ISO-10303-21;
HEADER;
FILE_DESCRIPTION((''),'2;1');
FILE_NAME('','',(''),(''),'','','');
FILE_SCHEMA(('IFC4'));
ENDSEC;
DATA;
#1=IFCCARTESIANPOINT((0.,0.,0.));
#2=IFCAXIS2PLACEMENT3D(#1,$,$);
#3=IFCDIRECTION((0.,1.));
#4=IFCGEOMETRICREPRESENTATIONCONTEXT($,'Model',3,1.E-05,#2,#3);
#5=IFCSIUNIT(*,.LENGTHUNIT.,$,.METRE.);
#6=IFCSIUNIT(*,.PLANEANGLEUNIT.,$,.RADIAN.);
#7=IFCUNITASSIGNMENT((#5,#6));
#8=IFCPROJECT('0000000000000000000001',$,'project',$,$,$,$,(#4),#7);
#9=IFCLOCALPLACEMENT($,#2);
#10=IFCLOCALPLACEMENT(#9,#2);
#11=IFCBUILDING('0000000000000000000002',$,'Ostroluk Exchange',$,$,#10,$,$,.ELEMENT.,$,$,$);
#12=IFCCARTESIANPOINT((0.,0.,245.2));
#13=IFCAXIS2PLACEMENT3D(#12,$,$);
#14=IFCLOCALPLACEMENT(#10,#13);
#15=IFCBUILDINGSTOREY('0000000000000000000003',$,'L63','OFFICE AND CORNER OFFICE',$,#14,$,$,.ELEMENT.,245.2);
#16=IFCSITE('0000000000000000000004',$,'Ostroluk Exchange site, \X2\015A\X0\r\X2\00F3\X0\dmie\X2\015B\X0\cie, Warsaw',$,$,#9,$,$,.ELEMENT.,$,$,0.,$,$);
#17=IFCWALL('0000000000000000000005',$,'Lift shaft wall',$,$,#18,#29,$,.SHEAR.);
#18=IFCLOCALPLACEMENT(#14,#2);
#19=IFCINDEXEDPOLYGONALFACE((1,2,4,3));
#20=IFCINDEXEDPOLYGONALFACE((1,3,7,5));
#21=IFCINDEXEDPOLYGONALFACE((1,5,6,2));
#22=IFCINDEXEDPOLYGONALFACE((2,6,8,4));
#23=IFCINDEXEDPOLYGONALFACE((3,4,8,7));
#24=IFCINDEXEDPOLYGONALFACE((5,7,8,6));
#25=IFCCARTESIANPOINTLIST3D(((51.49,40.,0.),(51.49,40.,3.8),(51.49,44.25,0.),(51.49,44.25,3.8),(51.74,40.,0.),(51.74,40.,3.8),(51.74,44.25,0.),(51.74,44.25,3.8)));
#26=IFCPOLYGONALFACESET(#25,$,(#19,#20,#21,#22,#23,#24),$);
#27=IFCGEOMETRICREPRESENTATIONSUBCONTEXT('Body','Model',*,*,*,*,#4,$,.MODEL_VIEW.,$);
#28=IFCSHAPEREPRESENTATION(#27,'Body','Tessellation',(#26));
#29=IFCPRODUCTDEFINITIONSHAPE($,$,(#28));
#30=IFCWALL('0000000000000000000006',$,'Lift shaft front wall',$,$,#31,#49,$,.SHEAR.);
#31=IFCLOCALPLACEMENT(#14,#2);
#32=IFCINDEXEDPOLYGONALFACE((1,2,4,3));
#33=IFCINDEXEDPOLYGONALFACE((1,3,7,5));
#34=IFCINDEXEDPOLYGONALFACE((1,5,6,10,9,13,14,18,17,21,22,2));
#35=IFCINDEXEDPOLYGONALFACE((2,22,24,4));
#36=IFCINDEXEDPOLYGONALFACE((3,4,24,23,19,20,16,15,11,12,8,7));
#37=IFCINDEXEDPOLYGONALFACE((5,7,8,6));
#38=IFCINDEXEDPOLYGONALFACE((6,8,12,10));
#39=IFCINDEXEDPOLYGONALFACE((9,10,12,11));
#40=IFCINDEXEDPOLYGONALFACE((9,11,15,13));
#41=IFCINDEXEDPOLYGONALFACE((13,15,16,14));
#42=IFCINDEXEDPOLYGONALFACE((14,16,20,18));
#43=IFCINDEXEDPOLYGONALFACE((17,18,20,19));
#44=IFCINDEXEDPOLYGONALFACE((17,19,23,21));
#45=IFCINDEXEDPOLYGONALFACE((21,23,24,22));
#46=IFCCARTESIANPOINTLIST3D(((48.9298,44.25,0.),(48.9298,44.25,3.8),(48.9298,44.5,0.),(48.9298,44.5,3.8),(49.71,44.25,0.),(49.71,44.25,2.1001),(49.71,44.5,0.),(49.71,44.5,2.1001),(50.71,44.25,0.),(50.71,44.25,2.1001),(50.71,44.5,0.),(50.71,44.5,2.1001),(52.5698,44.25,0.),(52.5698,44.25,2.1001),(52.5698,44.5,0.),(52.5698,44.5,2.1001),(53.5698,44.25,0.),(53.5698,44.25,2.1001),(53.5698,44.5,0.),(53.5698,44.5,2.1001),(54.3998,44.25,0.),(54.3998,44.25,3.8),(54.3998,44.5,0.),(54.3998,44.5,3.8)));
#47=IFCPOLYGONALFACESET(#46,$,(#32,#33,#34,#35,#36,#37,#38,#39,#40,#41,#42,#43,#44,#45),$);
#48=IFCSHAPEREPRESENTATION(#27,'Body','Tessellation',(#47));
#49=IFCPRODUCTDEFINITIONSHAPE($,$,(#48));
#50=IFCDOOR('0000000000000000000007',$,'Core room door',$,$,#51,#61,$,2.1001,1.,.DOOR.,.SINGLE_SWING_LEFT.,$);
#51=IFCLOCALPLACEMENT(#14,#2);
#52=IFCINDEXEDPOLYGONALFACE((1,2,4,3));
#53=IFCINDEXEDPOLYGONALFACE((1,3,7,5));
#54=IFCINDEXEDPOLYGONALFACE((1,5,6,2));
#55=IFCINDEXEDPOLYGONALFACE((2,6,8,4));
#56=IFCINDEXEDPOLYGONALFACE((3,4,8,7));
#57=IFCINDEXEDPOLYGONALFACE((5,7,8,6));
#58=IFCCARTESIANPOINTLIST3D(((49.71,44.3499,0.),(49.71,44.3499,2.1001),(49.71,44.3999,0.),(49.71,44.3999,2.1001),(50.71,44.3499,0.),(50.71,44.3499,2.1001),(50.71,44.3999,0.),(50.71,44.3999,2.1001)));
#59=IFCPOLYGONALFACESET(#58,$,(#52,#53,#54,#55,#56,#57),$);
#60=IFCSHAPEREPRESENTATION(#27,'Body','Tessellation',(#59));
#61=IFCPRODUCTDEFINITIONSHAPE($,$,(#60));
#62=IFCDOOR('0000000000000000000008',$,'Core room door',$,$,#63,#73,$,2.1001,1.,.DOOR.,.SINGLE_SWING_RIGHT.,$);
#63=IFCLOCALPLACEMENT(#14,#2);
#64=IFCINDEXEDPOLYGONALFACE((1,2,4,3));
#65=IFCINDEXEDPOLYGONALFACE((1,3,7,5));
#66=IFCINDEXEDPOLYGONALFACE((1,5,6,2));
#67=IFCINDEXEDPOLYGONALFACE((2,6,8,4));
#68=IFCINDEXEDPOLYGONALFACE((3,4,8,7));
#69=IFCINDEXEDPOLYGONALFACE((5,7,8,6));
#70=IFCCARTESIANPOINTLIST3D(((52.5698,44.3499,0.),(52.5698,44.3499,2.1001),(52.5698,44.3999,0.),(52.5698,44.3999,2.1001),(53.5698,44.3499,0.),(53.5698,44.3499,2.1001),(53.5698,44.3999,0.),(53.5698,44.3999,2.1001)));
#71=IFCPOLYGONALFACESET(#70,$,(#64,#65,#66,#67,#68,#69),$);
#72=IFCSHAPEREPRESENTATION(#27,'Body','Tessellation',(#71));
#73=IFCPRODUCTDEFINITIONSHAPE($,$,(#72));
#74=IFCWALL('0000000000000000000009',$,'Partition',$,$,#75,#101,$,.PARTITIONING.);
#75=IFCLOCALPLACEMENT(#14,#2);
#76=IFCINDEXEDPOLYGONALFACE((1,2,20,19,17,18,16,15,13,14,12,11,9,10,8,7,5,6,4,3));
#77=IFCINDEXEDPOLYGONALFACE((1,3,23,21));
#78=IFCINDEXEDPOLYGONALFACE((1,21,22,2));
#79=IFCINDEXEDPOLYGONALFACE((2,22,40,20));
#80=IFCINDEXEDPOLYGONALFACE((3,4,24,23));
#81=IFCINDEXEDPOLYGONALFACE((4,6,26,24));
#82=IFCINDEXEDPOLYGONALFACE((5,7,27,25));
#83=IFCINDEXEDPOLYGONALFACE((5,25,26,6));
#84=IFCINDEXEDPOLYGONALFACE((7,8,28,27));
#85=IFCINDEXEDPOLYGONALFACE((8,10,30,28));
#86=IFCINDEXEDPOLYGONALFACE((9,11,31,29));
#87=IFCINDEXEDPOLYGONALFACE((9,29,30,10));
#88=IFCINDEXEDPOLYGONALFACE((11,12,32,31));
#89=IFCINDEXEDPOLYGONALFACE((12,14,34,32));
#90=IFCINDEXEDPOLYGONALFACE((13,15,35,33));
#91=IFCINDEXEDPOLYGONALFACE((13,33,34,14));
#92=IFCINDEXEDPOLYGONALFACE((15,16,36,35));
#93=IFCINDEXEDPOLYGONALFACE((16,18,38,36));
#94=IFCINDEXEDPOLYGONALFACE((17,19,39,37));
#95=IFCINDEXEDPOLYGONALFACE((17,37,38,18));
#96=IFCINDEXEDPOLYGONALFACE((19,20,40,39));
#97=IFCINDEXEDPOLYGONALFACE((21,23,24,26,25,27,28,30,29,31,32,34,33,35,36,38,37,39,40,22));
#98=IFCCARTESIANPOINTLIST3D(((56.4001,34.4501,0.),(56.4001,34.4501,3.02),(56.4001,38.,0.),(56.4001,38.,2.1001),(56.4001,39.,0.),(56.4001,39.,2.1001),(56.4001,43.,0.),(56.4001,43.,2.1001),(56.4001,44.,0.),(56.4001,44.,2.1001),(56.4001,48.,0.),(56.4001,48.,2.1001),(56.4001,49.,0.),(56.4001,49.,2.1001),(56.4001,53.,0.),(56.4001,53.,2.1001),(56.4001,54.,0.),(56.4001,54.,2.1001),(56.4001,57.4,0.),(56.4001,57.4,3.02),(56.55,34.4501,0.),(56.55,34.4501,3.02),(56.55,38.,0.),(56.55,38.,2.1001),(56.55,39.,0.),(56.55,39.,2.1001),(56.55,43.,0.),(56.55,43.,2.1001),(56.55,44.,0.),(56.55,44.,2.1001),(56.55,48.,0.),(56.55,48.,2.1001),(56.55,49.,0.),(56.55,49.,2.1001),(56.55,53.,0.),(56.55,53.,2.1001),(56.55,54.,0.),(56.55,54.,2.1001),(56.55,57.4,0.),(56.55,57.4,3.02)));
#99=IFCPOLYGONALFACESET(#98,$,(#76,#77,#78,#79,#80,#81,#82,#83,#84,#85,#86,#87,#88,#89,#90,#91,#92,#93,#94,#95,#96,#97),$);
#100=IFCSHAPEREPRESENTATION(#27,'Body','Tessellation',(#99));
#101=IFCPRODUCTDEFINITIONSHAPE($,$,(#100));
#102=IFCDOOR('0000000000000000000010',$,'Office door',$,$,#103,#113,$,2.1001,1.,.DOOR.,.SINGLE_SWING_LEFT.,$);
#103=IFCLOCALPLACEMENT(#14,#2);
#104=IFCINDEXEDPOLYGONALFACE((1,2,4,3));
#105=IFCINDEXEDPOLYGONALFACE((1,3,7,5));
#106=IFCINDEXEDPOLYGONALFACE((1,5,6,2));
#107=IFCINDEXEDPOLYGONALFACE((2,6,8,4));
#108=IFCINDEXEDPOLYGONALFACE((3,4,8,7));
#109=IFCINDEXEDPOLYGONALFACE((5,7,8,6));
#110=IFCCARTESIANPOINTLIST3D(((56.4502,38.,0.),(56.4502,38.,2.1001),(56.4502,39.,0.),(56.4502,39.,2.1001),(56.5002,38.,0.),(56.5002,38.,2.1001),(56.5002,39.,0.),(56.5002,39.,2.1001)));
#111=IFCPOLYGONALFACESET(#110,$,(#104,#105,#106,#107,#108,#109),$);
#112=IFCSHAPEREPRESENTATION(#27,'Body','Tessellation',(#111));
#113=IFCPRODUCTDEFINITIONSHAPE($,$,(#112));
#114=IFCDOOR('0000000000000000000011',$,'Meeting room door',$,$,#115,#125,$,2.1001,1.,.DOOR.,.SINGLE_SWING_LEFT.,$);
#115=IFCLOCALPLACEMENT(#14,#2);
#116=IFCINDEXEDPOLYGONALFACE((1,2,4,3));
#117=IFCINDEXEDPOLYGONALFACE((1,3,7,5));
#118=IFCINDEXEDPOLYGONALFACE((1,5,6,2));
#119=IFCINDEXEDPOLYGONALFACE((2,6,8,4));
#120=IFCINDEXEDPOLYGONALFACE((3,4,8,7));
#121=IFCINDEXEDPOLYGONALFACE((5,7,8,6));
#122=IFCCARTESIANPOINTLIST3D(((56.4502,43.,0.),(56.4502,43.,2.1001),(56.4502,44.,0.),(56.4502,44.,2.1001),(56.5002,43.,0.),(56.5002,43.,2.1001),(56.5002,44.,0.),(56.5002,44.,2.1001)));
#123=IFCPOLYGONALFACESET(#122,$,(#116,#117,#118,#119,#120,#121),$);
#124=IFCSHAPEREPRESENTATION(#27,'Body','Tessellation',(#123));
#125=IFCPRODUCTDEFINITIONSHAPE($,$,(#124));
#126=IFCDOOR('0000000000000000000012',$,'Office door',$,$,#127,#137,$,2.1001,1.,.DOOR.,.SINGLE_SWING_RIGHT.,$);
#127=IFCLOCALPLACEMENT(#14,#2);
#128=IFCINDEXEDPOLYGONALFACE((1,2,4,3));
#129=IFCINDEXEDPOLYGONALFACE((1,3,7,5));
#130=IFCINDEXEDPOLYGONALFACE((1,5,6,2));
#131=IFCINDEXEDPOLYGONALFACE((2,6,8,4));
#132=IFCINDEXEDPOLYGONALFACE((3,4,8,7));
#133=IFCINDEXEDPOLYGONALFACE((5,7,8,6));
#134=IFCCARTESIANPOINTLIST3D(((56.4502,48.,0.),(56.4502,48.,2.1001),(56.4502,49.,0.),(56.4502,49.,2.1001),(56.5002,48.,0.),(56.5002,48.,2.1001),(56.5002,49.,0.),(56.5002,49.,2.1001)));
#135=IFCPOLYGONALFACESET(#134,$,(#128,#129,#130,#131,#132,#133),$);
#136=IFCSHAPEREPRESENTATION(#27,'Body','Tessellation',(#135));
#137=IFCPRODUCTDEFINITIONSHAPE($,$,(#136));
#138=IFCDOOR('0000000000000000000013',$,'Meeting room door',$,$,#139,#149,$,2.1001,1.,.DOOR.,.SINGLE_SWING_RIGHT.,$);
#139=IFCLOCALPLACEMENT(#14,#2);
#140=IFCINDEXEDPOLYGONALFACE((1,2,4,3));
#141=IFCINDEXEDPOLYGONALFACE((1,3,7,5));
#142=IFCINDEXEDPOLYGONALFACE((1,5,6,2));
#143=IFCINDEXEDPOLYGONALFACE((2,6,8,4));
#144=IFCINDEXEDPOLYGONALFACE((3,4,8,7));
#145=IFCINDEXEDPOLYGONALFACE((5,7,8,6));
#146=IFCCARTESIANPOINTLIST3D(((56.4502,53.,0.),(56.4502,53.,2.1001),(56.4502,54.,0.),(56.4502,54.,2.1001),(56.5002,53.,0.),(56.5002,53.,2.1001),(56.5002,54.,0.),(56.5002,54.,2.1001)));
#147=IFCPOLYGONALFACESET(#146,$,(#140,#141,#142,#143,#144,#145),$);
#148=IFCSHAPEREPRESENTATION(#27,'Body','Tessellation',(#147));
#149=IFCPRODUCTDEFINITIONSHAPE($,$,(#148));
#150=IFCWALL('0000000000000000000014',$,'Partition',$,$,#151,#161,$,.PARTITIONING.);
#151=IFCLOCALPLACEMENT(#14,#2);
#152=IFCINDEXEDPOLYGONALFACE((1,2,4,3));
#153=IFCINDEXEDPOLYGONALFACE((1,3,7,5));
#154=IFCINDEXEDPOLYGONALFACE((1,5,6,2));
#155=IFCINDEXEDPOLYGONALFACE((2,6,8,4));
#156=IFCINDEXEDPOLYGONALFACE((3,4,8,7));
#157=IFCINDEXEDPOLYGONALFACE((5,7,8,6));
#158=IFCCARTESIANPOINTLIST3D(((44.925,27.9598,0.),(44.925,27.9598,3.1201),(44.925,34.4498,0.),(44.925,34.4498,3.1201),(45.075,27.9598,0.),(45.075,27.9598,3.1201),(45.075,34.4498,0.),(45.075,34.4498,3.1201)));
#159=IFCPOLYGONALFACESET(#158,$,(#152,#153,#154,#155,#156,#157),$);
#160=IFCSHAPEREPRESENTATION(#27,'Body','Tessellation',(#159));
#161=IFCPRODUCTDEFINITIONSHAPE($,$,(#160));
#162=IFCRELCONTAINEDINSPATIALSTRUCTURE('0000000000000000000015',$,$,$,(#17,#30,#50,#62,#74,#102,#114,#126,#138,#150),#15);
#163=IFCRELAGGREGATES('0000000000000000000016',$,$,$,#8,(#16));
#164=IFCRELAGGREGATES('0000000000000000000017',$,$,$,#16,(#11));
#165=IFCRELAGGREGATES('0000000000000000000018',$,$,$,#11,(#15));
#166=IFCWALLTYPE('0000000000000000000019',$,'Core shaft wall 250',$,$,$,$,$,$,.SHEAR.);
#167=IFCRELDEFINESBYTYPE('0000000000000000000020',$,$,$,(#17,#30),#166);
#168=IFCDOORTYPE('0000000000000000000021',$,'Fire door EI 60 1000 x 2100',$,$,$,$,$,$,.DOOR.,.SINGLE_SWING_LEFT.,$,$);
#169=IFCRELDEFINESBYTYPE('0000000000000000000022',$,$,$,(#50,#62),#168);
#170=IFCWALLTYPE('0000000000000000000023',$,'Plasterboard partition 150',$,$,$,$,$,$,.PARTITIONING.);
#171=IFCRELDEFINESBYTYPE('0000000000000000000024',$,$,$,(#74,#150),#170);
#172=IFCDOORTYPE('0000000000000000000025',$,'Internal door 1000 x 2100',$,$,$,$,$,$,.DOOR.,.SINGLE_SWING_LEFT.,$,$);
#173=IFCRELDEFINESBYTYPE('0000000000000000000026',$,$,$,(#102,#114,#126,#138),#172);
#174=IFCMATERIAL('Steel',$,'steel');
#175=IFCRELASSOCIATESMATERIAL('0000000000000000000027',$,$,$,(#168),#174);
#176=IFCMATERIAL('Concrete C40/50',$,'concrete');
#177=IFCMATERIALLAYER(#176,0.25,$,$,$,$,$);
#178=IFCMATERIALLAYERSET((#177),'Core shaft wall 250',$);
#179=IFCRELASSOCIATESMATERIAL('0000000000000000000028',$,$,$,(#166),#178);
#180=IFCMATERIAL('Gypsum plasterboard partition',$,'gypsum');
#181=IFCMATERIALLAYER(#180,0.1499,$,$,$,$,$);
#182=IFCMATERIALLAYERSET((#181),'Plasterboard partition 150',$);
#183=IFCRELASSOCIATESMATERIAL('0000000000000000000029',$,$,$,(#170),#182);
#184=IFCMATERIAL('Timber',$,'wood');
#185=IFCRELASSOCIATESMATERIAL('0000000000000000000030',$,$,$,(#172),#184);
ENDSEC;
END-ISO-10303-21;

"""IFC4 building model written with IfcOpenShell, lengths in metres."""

from ifc_helpers import new_model, si_unit, direction, frame, frame_2d, origin, place, context, subcontext, project, spatial, rectangle, extrude, material, layer, layer_set, type_object, element, fill, save


model = new_model("IFC4")

# Units and contexts
model_context = context("Model", 3, precision=1e-05, world=origin(), true_north=direction((0.0, 1.0)))
body_context = subcontext(model_context, "Body", "Model", "MODEL_VIEW")
ifc_project = project(units=[si_unit("LENGTHUNIT", "METRE"), si_unit("PLANEANGLEUNIT", "RADIAN")], contexts=[model_context])

# Site, building, storey
site_placement = place(None, origin())
site = spatial("IfcSite", under=ifc_project, at=site_placement, Name="Ostroluk Exchange site, Śródmieście, Warsaw", CompositionType="ELEMENT", RefElevation=0.0)
building_placement = place(site_placement, origin())
building = spatial("IfcBuilding", under=site, at=building_placement, Name="Ostroluk Exchange", CompositionType="ELEMENT")
storey_placement = place(building_placement, frame((0.0, 0.0, 245.2)))
storey = spatial("IfcBuildingStorey", under=building, at=storey_placement, Name="L63", Description="OFFICE AND CORNER OFFICE", CompositionType="ELEMENT", Elevation=245.2)

# Shared definitions
ifc_material_1 = material(Name="Steel", Category="steel")
door_type_1 = type_object("IfcDoorType", Name="Fire door EI 60 1000 x 2100", OperationType="SINGLE_SWING_LEFT", PredefinedType="DOOR", material=ifc_material_1)

# Shared definitions
ifc_material_2 = material(Name="Concrete C40/50", Category="concrete")
ifc_layer_1 = layer(ifc_material_2, 0.25)
ifc_layer_set_1 = layer_set([ifc_layer_1], Name="Core shaft wall 250")
wall_type_1 = type_object("IfcWallType", Name="Core shaft wall 250", PredefinedType="SHEAR", material=ifc_layer_set_1)

# Wall
wall_1_placement = place(storey_placement, frame((51.615, 44.25, 0.0), z_axis=(0.0, 0.0, 1.0), x_axis=(0.0, -1.0, 0.0)))
element("IfcWall", 1, at=wall_1_placement, inside=storey, type_object=wall_type_1, Name="Lift shaft wall", PredefinedType="SHEAR", context=body_context, shape_type="SweptSolid", body=[
    extrude(rectangle(XDim=4.25, YDim=0.25, at=frame_2d((2.125, 0.0))), origin(), (0.0, 0.0, 1.0), 3.8),
])

# Wall, openings, doors
wall_2_placement = place(storey_placement, frame((48.9299, 44.375, 0.0), z_axis=(0.0, 0.0, 1.0), x_axis=(1.0, 0.0, 0.0)))
wall_2 = element("IfcWall", 2, at=wall_2_placement, inside=storey, type_object=wall_type_1, Name="Lift shaft front wall", PredefinedType="SHEAR", context=body_context, shape_type="SweptSolid", body=[
    extrude(rectangle(XDim=5.47, YDim=0.25, at=frame_2d((2.7349, 0.0))), origin(), (0.0, 0.0, 1.0), 3.8),
])
opening_1_placement = place(wall_2_placement, frame((0.78, 0.0, 0.0)))
opening_1 = element("IfcOpeningElement", 3, at=opening_1_placement, cuts=wall_2, PredefinedType="OPENING", context=body_context, shape_type="SweptSolid", body=[
    extrude(rectangle(XDim=1.0, YDim=2.1001, at=frame_2d((0.5, 1.05))), frame((0.0, 0.135, 0.0), z_axis=(0.0, -1.0, 0.0), x_axis=(1.0, 0.0, 0.0)), (0.0, 0.0, 1.0), 0.27),
])
opening_2_placement = place(wall_2_placement, frame((3.6399, 0.0, 0.0)))
opening_2 = element("IfcOpeningElement", 4, at=opening_2_placement, cuts=wall_2, PredefinedType="OPENING", context=body_context, shape_type="SweptSolid", body=[
    extrude(rectangle(XDim=1.0, YDim=2.1001, at=frame_2d((0.5, 1.05))), frame((0.0, 0.135, 0.0), z_axis=(0.0, -1.0, 0.0), x_axis=(1.0, 0.0, 0.0)), (0.0, 0.0, 1.0), 0.27),
])
door_1_placement = place(opening_1_placement, origin())
door_1 = element("IfcDoor", 5, at=door_1_placement, inside=storey, type_object=door_type_1, Name="Core room door", OperationType="SINGLE_SWING_LEFT", OverallHeight=2.1001, OverallWidth=1.0, PredefinedType="DOOR", context=body_context, shape_type="SweptSolid", body=[
    extrude(rectangle(XDim=1.0, YDim=2.1001, at=frame_2d((0.5, 1.05))), frame((0.0, 0.0249, 0.0), z_axis=(0.0, -1.0, 0.0), x_axis=(1.0, 0.0, 0.0)), (0.0, 0.0, 1.0), 0.05),
])
fill(opening_1, door_1)
door_2_placement = place(opening_2_placement, origin())
door_2 = element("IfcDoor", 6, at=door_2_placement, inside=storey, type_object=door_type_1, Name="Core room door", OperationType="SINGLE_SWING_RIGHT", OverallHeight=2.1001, OverallWidth=1.0, PredefinedType="DOOR", context=body_context, shape_type="SweptSolid", body=[
    extrude(rectangle(XDim=1.0, YDim=2.1001, at=frame_2d((0.5, 1.05))), frame((0.0, 0.0249, 0.0), z_axis=(0.0, -1.0, 0.0), x_axis=(1.0, 0.0, 0.0)), (0.0, 0.0, 1.0), 0.05),
])
fill(opening_2, door_2)

# Wall, openings, doors
ifc_material_3 = material(Name="Gypsum plasterboard partition", Category="gypsum")
ifc_layer_2 = layer(ifc_material_3, 0.1499)
ifc_layer_set_2 = layer_set([ifc_layer_2], Name="Plasterboard partition 150")
wall_type_2 = type_object("IfcWallType", Name="Plasterboard partition 150", PredefinedType="PARTITIONING", material=ifc_layer_set_2)
wall_3_placement = place(storey_placement, frame((56.4751, 34.45, 0.0), z_axis=(0.0, 0.0, 1.0), x_axis=(0.0, 1.0, 0.0)))
wall_3 = element("IfcWall", 7, at=wall_3_placement, inside=storey, type_object=wall_type_2, Name="Partition", PredefinedType="PARTITIONING", context=body_context, shape_type="SweptSolid", body=[
    extrude(rectangle(XDim=22.95, YDim=0.1499, at=frame_2d((11.4751, 0.0))), origin(), (0.0, 0.0, 1.0), 3.02),
])
opening_3_placement = place(wall_3_placement, frame((3.55, 0.0, 0.0)))
opening_3 = element("IfcOpeningElement", 8, at=opening_3_placement, cuts=wall_3, PredefinedType="OPENING", context=body_context, shape_type="SweptSolid", body=[
    extrude(rectangle(XDim=1.0, YDim=2.1001, at=frame_2d((0.5, 1.05))), frame((0.0, 0.085, 0.0), z_axis=(0.0, -1.0, 0.0), x_axis=(1.0, 0.0, 0.0)), (0.0, 0.0, 1.0), 0.1699),
])
opening_4_placement = place(wall_3_placement, frame((8.55, 0.0, 0.0)))
opening_4 = element("IfcOpeningElement", 9, at=opening_4_placement, cuts=wall_3, PredefinedType="OPENING", context=body_context, shape_type="SweptSolid", body=[
    extrude(rectangle(XDim=1.0, YDim=2.1001, at=frame_2d((0.5, 1.05))), frame((0.0, 0.085, 0.0), z_axis=(0.0, -1.0, 0.0), x_axis=(1.0, 0.0, 0.0)), (0.0, 0.0, 1.0), 0.1699),
])
opening_5_placement = place(wall_3_placement, frame((13.55, 0.0, 0.0)))
opening_5 = element("IfcOpeningElement", 10, at=opening_5_placement, cuts=wall_3, PredefinedType="OPENING", context=body_context, shape_type="SweptSolid", body=[
    extrude(rectangle(XDim=1.0, YDim=2.1001, at=frame_2d((0.5, 1.05))), frame((0.0, 0.085, 0.0), z_axis=(0.0, -1.0, 0.0), x_axis=(1.0, 0.0, 0.0)), (0.0, 0.0, 1.0), 0.1699),
])
opening_6_placement = place(wall_3_placement, frame((18.55, 0.0, 0.0)))
opening_6 = element("IfcOpeningElement", 11, at=opening_6_placement, cuts=wall_3, PredefinedType="OPENING", context=body_context, shape_type="SweptSolid", body=[
    extrude(rectangle(XDim=1.0, YDim=2.1001, at=frame_2d((0.5, 1.05))), frame((0.0, 0.085, 0.0), z_axis=(0.0, -1.0, 0.0), x_axis=(1.0, 0.0, 0.0)), (0.0, 0.0, 1.0), 0.1699),
])
ifc_material_4 = material(Name="Timber", Category="wood")
door_type_2 = type_object("IfcDoorType", Name="Internal door 1000 x 2100", OperationType="SINGLE_SWING_LEFT", PredefinedType="DOOR", material=ifc_material_4)
door_3_placement = place(opening_3_placement, origin())
door_3 = element("IfcDoor", 12, at=door_3_placement, inside=storey, type_object=door_type_2, Name="Office door", OperationType="SINGLE_SWING_LEFT", OverallHeight=2.1001, OverallWidth=1.0, PredefinedType="DOOR", context=body_context, shape_type="SweptSolid", body=[
    extrude(rectangle(XDim=1.0, YDim=2.1001, at=frame_2d((0.5, 1.05))), frame((0.0, 0.0249, 0.0), z_axis=(0.0, -1.0, 0.0), x_axis=(1.0, 0.0, 0.0)), (0.0, 0.0, 1.0), 0.05),
])
fill(opening_3, door_3)
door_4_placement = place(opening_4_placement, origin())
door_4 = element("IfcDoor", 13, at=door_4_placement, inside=storey, type_object=door_type_2, Name="Meeting room door", OperationType="SINGLE_SWING_LEFT", OverallHeight=2.1001, OverallWidth=1.0, PredefinedType="DOOR", context=body_context, shape_type="SweptSolid", body=[
    extrude(rectangle(XDim=1.0, YDim=2.1001, at=frame_2d((0.5, 1.05))), frame((0.0, 0.0249, 0.0), z_axis=(0.0, -1.0, 0.0), x_axis=(1.0, 0.0, 0.0)), (0.0, 0.0, 1.0), 0.05),
])
fill(opening_4, door_4)
door_5_placement = place(opening_5_placement, origin())
door_5 = element("IfcDoor", 14, at=door_5_placement, inside=storey, type_object=door_type_2, Name="Office door", OperationType="SINGLE_SWING_RIGHT", OverallHeight=2.1001, OverallWidth=1.0, PredefinedType="DOOR", context=body_context, shape_type="SweptSolid", body=[
    extrude(rectangle(XDim=1.0, YDim=2.1001, at=frame_2d((0.5, 1.05))), frame((0.0, 0.0249, 0.0), z_axis=(0.0, -1.0, 0.0), x_axis=(1.0, 0.0, 0.0)), (0.0, 0.0, 1.0), 0.05),
])
fill(opening_5, door_5)
door_6_placement = place(opening_6_placement, origin())
door_6 = element("IfcDoor", 15, at=door_6_placement, inside=storey, type_object=door_type_2, Name="Meeting room door", OperationType="SINGLE_SWING_RIGHT", OverallHeight=2.1001, OverallWidth=1.0, PredefinedType="DOOR", context=body_context, shape_type="SweptSolid", body=[
    extrude(rectangle(XDim=1.0, YDim=2.1001, at=frame_2d((0.5, 1.05))), frame((0.0, 0.0249, 0.0), z_axis=(0.0, -1.0, 0.0), x_axis=(1.0, 0.0, 0.0)), (0.0, 0.0, 1.0), 0.05),
])
fill(opening_6, door_6)

# Wall
for number, where, z_axis, x_axis, name in (
    (16, (45.0, 34.45, 0.0), (0.0, 0.0, 1.0), (0.0, -1.0, 0.0), "Partition"),
):
    element("IfcWall", number, at=place(storey_placement, frame(where, z_axis=z_axis, x_axis=x_axis)), inside=storey, type_object=wall_type_2, Name=name, PredefinedType="PARTITIONING", context=body_context, shape_type="SweptSolid", body=[
        extrude(rectangle(XDim=6.49, YDim=0.1499, at=frame_2d((3.2451, 0.0))), origin(), (0.0, 0.0, 1.0), 3.1201),
    ])

save(model, "model.ifc")
